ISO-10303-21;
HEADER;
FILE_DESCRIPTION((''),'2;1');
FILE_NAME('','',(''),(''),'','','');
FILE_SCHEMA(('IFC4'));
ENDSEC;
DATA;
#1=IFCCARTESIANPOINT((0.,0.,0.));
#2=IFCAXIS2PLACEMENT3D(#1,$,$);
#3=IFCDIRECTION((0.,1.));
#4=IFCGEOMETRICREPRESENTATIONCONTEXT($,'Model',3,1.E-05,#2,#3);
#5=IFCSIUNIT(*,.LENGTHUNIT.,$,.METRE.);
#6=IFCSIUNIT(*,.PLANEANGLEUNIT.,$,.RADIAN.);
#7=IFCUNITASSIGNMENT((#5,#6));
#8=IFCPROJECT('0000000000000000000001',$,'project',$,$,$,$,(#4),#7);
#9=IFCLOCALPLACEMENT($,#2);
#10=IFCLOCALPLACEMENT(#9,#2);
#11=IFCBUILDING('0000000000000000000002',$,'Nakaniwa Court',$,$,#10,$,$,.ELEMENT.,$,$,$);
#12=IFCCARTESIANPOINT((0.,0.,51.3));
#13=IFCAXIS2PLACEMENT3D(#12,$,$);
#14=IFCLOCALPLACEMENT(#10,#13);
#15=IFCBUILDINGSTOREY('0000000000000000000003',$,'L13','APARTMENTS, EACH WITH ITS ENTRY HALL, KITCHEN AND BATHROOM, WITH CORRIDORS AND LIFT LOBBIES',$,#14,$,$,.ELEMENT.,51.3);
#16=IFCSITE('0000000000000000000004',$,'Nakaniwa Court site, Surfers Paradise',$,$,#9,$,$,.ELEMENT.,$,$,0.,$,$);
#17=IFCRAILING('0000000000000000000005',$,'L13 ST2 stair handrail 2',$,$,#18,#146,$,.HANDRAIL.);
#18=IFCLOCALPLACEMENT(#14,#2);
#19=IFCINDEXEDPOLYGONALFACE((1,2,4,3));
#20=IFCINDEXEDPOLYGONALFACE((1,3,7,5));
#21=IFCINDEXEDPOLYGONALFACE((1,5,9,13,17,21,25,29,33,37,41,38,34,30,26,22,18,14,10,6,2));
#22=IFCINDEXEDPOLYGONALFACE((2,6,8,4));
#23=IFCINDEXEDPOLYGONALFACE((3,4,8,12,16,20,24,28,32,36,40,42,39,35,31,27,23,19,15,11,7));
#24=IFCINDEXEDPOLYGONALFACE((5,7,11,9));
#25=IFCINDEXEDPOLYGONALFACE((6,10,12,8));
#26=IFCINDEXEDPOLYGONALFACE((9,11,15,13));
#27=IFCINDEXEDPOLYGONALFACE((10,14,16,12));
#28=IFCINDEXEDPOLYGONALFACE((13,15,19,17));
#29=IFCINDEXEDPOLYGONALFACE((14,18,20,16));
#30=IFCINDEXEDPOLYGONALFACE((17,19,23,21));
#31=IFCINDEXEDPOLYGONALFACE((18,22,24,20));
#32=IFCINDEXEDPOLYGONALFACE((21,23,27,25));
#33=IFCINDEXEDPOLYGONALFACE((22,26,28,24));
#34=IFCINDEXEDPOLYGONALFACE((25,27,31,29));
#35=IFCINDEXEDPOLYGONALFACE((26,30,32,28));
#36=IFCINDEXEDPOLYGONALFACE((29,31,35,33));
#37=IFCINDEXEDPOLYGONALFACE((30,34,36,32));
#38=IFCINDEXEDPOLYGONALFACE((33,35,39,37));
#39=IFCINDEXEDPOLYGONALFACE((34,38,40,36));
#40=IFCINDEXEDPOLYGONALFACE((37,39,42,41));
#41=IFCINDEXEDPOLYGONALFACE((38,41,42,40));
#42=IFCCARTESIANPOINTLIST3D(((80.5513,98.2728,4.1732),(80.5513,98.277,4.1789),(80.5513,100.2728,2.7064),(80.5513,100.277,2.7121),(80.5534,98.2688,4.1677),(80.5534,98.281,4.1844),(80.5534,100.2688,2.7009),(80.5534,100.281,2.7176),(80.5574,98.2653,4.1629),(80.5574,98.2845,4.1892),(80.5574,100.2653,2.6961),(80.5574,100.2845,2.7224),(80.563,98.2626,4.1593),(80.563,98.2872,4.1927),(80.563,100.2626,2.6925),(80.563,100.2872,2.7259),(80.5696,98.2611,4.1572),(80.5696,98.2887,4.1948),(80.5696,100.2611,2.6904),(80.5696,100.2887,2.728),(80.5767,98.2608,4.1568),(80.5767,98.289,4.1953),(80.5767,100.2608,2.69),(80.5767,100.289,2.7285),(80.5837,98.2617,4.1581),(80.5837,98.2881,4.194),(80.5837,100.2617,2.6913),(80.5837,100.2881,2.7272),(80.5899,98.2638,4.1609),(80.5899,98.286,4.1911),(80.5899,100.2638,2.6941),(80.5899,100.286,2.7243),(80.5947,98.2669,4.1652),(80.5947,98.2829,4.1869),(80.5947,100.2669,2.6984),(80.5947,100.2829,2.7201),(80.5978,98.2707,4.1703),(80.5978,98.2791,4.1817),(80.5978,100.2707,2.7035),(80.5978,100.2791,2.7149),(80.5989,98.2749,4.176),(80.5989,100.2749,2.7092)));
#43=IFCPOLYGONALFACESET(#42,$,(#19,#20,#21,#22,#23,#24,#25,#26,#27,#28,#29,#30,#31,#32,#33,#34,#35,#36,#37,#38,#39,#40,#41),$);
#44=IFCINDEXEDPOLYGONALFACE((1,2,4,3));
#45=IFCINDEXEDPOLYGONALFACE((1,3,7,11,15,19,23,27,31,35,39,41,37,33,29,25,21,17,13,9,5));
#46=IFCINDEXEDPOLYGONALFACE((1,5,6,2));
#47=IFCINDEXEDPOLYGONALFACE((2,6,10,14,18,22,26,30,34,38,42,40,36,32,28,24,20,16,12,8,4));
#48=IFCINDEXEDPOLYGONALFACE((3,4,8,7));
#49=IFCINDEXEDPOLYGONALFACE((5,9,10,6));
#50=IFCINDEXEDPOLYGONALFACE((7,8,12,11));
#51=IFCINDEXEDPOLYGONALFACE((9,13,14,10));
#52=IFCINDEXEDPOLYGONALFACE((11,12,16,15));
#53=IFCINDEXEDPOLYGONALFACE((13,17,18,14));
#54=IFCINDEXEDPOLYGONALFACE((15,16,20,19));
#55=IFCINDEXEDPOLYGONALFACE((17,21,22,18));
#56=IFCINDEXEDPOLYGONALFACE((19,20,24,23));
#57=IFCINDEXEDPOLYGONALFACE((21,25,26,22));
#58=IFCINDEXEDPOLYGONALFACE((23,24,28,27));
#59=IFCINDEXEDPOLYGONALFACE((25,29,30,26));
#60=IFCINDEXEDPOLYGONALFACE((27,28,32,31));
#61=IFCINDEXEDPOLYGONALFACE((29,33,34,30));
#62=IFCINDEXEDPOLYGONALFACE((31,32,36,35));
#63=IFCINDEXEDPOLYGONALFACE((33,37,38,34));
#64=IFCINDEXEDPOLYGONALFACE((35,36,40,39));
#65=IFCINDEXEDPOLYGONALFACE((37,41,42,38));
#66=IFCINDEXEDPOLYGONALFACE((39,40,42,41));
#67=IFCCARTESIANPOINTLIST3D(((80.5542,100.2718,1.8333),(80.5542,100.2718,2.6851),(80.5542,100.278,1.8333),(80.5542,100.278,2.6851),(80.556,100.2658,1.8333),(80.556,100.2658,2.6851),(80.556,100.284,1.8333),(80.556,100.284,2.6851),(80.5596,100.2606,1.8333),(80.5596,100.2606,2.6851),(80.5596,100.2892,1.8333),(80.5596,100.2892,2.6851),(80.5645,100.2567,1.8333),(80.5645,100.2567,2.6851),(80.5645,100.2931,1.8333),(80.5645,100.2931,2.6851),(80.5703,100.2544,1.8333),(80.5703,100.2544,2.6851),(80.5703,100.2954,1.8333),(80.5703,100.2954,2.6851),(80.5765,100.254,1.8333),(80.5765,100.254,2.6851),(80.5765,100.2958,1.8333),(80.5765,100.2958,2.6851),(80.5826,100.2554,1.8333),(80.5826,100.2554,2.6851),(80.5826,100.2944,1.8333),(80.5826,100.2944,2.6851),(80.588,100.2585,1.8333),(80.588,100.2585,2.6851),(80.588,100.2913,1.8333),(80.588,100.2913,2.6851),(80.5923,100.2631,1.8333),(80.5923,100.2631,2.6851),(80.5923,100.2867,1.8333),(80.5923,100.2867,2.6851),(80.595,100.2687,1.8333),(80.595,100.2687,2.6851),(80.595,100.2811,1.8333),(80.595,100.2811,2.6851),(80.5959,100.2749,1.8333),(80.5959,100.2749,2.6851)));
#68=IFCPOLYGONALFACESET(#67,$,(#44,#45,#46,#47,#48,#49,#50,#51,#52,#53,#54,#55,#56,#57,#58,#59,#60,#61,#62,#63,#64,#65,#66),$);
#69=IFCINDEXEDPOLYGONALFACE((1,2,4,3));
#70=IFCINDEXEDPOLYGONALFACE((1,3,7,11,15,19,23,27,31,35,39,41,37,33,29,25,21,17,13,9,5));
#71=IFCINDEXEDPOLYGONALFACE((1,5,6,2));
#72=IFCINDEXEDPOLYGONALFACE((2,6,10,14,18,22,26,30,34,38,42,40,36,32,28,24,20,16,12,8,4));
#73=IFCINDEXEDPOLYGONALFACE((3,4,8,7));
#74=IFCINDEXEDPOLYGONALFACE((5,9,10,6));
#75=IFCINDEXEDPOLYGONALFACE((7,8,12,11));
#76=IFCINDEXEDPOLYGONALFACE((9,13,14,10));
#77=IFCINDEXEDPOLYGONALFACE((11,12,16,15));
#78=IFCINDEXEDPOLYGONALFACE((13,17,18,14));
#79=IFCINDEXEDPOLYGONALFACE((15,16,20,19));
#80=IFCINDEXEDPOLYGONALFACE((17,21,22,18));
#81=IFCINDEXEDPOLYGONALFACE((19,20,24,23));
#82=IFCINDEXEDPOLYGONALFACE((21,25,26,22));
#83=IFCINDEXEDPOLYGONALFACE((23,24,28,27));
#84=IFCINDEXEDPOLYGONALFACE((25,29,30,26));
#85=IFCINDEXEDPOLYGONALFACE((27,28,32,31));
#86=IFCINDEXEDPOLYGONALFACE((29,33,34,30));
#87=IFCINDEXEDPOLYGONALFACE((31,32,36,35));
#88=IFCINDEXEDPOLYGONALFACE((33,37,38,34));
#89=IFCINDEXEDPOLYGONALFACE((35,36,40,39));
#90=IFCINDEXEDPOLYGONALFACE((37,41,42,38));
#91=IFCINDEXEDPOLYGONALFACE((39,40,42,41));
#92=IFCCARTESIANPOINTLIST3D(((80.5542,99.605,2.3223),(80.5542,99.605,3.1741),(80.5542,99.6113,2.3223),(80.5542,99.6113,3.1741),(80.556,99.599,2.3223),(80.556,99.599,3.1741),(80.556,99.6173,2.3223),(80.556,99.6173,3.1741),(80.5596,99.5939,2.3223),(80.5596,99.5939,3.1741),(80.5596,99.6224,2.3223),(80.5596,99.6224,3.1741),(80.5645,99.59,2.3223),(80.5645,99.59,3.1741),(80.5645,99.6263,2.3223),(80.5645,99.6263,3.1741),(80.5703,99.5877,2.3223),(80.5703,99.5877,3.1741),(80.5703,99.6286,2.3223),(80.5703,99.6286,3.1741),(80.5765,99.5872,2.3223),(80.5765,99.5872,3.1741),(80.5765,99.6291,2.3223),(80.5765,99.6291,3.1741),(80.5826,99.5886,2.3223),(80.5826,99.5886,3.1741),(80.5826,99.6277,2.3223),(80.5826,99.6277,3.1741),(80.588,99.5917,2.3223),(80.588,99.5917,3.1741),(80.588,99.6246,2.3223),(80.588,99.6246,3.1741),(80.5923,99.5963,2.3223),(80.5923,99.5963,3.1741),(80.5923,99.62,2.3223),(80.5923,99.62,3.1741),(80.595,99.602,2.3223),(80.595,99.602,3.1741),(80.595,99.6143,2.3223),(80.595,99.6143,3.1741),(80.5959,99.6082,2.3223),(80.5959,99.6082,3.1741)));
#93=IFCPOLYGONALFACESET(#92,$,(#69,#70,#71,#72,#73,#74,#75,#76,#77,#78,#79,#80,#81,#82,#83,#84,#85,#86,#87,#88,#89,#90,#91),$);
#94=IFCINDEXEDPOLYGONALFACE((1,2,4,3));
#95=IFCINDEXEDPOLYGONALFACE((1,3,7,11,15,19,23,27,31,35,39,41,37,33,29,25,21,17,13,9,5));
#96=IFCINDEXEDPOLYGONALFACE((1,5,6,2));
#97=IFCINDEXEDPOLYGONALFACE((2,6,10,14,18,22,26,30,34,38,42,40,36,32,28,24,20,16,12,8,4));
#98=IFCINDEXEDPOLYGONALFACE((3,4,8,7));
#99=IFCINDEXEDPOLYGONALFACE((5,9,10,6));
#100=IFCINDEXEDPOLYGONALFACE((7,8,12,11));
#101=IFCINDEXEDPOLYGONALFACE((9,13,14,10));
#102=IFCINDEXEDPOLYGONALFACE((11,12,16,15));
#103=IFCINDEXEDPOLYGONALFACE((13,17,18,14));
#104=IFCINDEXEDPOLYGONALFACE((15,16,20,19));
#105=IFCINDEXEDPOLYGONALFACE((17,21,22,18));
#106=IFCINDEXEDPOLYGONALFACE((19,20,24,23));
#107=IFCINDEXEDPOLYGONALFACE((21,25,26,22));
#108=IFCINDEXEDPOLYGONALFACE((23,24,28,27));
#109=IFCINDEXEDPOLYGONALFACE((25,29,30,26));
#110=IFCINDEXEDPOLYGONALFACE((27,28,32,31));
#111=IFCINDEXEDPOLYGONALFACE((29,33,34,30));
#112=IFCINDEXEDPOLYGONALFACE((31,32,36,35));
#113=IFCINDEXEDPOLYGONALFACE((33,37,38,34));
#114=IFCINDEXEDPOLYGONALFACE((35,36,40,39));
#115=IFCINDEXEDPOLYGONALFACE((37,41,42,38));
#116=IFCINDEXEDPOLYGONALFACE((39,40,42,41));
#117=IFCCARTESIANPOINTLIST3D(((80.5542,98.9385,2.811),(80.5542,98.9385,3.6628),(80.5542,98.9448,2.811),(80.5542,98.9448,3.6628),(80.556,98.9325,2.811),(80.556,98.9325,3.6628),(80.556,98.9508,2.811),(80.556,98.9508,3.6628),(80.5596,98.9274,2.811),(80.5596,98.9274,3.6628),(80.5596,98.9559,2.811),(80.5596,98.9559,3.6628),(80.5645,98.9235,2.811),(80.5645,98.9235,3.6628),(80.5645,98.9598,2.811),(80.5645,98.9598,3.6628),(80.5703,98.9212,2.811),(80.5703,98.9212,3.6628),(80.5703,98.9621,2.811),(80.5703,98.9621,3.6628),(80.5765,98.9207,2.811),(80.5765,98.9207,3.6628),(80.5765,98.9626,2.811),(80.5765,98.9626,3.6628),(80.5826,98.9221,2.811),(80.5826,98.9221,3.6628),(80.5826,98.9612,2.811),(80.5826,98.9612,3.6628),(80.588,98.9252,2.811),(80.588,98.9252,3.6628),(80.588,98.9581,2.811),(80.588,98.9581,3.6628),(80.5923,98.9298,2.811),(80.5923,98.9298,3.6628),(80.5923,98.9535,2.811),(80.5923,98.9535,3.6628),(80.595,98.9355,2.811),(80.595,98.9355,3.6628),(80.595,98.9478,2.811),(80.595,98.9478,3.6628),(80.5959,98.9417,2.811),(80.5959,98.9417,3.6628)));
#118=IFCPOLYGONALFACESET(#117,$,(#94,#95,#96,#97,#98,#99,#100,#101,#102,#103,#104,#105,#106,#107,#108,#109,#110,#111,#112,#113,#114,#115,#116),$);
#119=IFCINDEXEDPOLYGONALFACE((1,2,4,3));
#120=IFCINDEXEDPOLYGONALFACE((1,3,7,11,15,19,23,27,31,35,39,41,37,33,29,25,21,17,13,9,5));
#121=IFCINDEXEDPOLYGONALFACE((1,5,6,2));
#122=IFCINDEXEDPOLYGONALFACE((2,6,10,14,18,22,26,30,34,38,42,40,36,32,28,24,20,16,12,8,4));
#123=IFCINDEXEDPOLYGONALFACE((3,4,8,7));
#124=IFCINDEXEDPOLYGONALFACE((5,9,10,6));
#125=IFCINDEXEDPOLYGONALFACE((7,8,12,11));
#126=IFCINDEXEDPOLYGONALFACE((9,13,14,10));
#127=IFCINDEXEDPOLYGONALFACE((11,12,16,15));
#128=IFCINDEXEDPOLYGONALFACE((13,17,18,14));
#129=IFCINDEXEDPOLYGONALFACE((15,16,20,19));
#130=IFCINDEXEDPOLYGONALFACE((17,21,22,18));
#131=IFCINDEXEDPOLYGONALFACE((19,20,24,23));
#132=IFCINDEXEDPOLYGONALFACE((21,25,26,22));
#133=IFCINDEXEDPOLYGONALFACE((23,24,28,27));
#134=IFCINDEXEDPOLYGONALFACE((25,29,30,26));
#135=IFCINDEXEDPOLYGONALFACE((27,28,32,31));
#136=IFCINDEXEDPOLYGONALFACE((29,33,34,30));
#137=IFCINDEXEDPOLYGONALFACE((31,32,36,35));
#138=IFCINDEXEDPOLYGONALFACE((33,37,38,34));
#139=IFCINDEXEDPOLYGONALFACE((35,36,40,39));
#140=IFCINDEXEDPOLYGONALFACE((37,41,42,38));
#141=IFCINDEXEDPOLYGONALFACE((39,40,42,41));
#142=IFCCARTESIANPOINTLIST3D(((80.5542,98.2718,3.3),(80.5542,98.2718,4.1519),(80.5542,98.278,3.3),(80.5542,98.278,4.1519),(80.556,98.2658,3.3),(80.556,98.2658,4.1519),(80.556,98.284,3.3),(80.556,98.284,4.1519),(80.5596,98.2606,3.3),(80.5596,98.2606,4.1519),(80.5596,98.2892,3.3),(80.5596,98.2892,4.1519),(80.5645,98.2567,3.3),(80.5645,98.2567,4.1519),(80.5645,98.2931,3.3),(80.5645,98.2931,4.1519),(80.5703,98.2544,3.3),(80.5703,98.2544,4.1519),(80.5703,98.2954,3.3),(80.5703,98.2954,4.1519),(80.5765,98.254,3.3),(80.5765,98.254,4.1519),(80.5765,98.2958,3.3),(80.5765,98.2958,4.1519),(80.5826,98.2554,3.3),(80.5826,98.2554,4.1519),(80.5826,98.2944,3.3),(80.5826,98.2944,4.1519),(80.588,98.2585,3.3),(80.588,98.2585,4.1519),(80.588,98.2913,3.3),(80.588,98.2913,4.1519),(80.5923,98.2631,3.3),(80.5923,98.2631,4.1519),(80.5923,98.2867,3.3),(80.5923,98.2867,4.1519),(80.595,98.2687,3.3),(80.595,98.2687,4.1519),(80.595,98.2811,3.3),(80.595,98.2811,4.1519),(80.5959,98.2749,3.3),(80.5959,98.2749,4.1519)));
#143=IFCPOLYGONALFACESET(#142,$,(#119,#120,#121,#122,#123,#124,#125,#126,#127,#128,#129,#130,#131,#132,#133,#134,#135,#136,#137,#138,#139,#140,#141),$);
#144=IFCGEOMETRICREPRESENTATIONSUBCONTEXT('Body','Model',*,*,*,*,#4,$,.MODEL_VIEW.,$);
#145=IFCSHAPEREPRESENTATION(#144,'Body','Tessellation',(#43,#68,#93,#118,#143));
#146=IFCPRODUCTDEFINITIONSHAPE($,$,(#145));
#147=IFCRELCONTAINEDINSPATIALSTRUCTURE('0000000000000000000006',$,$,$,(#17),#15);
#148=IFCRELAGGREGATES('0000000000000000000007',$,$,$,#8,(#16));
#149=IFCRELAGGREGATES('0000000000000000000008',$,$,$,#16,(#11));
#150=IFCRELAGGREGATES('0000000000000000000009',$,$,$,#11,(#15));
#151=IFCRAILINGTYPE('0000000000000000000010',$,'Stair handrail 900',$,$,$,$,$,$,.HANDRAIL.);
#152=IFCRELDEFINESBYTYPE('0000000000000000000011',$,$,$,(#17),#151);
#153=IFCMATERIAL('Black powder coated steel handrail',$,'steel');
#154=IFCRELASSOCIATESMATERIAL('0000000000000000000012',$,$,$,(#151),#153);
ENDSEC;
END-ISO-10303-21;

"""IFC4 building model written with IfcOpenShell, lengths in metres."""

from ifc_helpers import new_model, si_unit, direction, frame, origin, origin_2d, place, context, subcontext, project, spatial, circle, extrude, material, type_object, element, save


model = new_model("IFC4")

# Units and contexts
model_context = context("Model", 3, precision=1e-05, world=origin(), true_north=direction((0.0, 1.0)))
body_context = subcontext(model_context, "Body", "Model", "MODEL_VIEW")
ifc_project = project(units=[si_unit("LENGTHUNIT", "METRE"), si_unit("PLANEANGLEUNIT", "RADIAN")], contexts=[model_context])

# Site, building, storey
site_placement = place(None, origin())
site = spatial("IfcSite", under=ifc_project, at=site_placement, Name="Nakaniwa Court site, Surfers Paradise", CompositionType="ELEMENT", RefElevation=0.0)
building_placement = place(site_placement, origin())
building = spatial("IfcBuilding", under=site, at=building_placement, Name="Nakaniwa Court", CompositionType="ELEMENT")
storey_placement = place(building_placement, frame((0.0, 0.0, 51.3)))
storey = spatial("IfcBuildingStorey", under=building, at=storey_placement, Name="L13", Description="APARTMENTS, EACH WITH ITS ENTRY HALL, KITCHEN AND BATHROOM, WITH CORRIDORS AND LIFT LOBBIES", CompositionType="ELEMENT", Elevation=51.3)

# Railing
ifc_material_1 = material(Name="Black powder coated steel handrail", Category="steel")
railing_type_1 = type_object("IfcRailingType", Name="Stair handrail 900", PredefinedType="HANDRAIL", material=ifc_material_1)
railing_1_placement = place(storey_placement, frame((80.575, 100.2749, 1.8333)))
element("IfcRailing", 1, at=railing_1_placement, inside=storey, type_object=railing_type_1, Name="L13 ST2 stair handrail 2", PredefinedType="HANDRAIL", context=body_context, shape_type="SweptSolid", body=[
    extrude(circle(Radius=0.0239, at=origin_2d()), frame((0.0, 0.0, 0.876), z_axis=(0.0, -0.80638, 0.591398), x_axis=(1.0, 0.0, 0.0)), (0.0, 0.0, 1.0), 2.4802),
    extrude(circle(Radius=0.021, at=origin_2d()), origin(), (0.0, 0.0, 1.0), 0.8518),
    extrude(circle(Radius=0.021, at=origin_2d()), frame((0.0, -0.6667, 0.489)), (0.0, 0.0, 1.0), 0.8518),
    extrude(circle(Radius=0.021, at=origin_2d()), frame((0.0, -1.3333, 0.9778)), (0.0, 0.0, 1.0), 0.8518),
    extrude(circle(Radius=0.021, at=origin_2d()), frame((0.0, -2.0, 1.4668)), (0.0, 0.0, 1.0), 0.8518),
])

save(model, "model.ifc")
